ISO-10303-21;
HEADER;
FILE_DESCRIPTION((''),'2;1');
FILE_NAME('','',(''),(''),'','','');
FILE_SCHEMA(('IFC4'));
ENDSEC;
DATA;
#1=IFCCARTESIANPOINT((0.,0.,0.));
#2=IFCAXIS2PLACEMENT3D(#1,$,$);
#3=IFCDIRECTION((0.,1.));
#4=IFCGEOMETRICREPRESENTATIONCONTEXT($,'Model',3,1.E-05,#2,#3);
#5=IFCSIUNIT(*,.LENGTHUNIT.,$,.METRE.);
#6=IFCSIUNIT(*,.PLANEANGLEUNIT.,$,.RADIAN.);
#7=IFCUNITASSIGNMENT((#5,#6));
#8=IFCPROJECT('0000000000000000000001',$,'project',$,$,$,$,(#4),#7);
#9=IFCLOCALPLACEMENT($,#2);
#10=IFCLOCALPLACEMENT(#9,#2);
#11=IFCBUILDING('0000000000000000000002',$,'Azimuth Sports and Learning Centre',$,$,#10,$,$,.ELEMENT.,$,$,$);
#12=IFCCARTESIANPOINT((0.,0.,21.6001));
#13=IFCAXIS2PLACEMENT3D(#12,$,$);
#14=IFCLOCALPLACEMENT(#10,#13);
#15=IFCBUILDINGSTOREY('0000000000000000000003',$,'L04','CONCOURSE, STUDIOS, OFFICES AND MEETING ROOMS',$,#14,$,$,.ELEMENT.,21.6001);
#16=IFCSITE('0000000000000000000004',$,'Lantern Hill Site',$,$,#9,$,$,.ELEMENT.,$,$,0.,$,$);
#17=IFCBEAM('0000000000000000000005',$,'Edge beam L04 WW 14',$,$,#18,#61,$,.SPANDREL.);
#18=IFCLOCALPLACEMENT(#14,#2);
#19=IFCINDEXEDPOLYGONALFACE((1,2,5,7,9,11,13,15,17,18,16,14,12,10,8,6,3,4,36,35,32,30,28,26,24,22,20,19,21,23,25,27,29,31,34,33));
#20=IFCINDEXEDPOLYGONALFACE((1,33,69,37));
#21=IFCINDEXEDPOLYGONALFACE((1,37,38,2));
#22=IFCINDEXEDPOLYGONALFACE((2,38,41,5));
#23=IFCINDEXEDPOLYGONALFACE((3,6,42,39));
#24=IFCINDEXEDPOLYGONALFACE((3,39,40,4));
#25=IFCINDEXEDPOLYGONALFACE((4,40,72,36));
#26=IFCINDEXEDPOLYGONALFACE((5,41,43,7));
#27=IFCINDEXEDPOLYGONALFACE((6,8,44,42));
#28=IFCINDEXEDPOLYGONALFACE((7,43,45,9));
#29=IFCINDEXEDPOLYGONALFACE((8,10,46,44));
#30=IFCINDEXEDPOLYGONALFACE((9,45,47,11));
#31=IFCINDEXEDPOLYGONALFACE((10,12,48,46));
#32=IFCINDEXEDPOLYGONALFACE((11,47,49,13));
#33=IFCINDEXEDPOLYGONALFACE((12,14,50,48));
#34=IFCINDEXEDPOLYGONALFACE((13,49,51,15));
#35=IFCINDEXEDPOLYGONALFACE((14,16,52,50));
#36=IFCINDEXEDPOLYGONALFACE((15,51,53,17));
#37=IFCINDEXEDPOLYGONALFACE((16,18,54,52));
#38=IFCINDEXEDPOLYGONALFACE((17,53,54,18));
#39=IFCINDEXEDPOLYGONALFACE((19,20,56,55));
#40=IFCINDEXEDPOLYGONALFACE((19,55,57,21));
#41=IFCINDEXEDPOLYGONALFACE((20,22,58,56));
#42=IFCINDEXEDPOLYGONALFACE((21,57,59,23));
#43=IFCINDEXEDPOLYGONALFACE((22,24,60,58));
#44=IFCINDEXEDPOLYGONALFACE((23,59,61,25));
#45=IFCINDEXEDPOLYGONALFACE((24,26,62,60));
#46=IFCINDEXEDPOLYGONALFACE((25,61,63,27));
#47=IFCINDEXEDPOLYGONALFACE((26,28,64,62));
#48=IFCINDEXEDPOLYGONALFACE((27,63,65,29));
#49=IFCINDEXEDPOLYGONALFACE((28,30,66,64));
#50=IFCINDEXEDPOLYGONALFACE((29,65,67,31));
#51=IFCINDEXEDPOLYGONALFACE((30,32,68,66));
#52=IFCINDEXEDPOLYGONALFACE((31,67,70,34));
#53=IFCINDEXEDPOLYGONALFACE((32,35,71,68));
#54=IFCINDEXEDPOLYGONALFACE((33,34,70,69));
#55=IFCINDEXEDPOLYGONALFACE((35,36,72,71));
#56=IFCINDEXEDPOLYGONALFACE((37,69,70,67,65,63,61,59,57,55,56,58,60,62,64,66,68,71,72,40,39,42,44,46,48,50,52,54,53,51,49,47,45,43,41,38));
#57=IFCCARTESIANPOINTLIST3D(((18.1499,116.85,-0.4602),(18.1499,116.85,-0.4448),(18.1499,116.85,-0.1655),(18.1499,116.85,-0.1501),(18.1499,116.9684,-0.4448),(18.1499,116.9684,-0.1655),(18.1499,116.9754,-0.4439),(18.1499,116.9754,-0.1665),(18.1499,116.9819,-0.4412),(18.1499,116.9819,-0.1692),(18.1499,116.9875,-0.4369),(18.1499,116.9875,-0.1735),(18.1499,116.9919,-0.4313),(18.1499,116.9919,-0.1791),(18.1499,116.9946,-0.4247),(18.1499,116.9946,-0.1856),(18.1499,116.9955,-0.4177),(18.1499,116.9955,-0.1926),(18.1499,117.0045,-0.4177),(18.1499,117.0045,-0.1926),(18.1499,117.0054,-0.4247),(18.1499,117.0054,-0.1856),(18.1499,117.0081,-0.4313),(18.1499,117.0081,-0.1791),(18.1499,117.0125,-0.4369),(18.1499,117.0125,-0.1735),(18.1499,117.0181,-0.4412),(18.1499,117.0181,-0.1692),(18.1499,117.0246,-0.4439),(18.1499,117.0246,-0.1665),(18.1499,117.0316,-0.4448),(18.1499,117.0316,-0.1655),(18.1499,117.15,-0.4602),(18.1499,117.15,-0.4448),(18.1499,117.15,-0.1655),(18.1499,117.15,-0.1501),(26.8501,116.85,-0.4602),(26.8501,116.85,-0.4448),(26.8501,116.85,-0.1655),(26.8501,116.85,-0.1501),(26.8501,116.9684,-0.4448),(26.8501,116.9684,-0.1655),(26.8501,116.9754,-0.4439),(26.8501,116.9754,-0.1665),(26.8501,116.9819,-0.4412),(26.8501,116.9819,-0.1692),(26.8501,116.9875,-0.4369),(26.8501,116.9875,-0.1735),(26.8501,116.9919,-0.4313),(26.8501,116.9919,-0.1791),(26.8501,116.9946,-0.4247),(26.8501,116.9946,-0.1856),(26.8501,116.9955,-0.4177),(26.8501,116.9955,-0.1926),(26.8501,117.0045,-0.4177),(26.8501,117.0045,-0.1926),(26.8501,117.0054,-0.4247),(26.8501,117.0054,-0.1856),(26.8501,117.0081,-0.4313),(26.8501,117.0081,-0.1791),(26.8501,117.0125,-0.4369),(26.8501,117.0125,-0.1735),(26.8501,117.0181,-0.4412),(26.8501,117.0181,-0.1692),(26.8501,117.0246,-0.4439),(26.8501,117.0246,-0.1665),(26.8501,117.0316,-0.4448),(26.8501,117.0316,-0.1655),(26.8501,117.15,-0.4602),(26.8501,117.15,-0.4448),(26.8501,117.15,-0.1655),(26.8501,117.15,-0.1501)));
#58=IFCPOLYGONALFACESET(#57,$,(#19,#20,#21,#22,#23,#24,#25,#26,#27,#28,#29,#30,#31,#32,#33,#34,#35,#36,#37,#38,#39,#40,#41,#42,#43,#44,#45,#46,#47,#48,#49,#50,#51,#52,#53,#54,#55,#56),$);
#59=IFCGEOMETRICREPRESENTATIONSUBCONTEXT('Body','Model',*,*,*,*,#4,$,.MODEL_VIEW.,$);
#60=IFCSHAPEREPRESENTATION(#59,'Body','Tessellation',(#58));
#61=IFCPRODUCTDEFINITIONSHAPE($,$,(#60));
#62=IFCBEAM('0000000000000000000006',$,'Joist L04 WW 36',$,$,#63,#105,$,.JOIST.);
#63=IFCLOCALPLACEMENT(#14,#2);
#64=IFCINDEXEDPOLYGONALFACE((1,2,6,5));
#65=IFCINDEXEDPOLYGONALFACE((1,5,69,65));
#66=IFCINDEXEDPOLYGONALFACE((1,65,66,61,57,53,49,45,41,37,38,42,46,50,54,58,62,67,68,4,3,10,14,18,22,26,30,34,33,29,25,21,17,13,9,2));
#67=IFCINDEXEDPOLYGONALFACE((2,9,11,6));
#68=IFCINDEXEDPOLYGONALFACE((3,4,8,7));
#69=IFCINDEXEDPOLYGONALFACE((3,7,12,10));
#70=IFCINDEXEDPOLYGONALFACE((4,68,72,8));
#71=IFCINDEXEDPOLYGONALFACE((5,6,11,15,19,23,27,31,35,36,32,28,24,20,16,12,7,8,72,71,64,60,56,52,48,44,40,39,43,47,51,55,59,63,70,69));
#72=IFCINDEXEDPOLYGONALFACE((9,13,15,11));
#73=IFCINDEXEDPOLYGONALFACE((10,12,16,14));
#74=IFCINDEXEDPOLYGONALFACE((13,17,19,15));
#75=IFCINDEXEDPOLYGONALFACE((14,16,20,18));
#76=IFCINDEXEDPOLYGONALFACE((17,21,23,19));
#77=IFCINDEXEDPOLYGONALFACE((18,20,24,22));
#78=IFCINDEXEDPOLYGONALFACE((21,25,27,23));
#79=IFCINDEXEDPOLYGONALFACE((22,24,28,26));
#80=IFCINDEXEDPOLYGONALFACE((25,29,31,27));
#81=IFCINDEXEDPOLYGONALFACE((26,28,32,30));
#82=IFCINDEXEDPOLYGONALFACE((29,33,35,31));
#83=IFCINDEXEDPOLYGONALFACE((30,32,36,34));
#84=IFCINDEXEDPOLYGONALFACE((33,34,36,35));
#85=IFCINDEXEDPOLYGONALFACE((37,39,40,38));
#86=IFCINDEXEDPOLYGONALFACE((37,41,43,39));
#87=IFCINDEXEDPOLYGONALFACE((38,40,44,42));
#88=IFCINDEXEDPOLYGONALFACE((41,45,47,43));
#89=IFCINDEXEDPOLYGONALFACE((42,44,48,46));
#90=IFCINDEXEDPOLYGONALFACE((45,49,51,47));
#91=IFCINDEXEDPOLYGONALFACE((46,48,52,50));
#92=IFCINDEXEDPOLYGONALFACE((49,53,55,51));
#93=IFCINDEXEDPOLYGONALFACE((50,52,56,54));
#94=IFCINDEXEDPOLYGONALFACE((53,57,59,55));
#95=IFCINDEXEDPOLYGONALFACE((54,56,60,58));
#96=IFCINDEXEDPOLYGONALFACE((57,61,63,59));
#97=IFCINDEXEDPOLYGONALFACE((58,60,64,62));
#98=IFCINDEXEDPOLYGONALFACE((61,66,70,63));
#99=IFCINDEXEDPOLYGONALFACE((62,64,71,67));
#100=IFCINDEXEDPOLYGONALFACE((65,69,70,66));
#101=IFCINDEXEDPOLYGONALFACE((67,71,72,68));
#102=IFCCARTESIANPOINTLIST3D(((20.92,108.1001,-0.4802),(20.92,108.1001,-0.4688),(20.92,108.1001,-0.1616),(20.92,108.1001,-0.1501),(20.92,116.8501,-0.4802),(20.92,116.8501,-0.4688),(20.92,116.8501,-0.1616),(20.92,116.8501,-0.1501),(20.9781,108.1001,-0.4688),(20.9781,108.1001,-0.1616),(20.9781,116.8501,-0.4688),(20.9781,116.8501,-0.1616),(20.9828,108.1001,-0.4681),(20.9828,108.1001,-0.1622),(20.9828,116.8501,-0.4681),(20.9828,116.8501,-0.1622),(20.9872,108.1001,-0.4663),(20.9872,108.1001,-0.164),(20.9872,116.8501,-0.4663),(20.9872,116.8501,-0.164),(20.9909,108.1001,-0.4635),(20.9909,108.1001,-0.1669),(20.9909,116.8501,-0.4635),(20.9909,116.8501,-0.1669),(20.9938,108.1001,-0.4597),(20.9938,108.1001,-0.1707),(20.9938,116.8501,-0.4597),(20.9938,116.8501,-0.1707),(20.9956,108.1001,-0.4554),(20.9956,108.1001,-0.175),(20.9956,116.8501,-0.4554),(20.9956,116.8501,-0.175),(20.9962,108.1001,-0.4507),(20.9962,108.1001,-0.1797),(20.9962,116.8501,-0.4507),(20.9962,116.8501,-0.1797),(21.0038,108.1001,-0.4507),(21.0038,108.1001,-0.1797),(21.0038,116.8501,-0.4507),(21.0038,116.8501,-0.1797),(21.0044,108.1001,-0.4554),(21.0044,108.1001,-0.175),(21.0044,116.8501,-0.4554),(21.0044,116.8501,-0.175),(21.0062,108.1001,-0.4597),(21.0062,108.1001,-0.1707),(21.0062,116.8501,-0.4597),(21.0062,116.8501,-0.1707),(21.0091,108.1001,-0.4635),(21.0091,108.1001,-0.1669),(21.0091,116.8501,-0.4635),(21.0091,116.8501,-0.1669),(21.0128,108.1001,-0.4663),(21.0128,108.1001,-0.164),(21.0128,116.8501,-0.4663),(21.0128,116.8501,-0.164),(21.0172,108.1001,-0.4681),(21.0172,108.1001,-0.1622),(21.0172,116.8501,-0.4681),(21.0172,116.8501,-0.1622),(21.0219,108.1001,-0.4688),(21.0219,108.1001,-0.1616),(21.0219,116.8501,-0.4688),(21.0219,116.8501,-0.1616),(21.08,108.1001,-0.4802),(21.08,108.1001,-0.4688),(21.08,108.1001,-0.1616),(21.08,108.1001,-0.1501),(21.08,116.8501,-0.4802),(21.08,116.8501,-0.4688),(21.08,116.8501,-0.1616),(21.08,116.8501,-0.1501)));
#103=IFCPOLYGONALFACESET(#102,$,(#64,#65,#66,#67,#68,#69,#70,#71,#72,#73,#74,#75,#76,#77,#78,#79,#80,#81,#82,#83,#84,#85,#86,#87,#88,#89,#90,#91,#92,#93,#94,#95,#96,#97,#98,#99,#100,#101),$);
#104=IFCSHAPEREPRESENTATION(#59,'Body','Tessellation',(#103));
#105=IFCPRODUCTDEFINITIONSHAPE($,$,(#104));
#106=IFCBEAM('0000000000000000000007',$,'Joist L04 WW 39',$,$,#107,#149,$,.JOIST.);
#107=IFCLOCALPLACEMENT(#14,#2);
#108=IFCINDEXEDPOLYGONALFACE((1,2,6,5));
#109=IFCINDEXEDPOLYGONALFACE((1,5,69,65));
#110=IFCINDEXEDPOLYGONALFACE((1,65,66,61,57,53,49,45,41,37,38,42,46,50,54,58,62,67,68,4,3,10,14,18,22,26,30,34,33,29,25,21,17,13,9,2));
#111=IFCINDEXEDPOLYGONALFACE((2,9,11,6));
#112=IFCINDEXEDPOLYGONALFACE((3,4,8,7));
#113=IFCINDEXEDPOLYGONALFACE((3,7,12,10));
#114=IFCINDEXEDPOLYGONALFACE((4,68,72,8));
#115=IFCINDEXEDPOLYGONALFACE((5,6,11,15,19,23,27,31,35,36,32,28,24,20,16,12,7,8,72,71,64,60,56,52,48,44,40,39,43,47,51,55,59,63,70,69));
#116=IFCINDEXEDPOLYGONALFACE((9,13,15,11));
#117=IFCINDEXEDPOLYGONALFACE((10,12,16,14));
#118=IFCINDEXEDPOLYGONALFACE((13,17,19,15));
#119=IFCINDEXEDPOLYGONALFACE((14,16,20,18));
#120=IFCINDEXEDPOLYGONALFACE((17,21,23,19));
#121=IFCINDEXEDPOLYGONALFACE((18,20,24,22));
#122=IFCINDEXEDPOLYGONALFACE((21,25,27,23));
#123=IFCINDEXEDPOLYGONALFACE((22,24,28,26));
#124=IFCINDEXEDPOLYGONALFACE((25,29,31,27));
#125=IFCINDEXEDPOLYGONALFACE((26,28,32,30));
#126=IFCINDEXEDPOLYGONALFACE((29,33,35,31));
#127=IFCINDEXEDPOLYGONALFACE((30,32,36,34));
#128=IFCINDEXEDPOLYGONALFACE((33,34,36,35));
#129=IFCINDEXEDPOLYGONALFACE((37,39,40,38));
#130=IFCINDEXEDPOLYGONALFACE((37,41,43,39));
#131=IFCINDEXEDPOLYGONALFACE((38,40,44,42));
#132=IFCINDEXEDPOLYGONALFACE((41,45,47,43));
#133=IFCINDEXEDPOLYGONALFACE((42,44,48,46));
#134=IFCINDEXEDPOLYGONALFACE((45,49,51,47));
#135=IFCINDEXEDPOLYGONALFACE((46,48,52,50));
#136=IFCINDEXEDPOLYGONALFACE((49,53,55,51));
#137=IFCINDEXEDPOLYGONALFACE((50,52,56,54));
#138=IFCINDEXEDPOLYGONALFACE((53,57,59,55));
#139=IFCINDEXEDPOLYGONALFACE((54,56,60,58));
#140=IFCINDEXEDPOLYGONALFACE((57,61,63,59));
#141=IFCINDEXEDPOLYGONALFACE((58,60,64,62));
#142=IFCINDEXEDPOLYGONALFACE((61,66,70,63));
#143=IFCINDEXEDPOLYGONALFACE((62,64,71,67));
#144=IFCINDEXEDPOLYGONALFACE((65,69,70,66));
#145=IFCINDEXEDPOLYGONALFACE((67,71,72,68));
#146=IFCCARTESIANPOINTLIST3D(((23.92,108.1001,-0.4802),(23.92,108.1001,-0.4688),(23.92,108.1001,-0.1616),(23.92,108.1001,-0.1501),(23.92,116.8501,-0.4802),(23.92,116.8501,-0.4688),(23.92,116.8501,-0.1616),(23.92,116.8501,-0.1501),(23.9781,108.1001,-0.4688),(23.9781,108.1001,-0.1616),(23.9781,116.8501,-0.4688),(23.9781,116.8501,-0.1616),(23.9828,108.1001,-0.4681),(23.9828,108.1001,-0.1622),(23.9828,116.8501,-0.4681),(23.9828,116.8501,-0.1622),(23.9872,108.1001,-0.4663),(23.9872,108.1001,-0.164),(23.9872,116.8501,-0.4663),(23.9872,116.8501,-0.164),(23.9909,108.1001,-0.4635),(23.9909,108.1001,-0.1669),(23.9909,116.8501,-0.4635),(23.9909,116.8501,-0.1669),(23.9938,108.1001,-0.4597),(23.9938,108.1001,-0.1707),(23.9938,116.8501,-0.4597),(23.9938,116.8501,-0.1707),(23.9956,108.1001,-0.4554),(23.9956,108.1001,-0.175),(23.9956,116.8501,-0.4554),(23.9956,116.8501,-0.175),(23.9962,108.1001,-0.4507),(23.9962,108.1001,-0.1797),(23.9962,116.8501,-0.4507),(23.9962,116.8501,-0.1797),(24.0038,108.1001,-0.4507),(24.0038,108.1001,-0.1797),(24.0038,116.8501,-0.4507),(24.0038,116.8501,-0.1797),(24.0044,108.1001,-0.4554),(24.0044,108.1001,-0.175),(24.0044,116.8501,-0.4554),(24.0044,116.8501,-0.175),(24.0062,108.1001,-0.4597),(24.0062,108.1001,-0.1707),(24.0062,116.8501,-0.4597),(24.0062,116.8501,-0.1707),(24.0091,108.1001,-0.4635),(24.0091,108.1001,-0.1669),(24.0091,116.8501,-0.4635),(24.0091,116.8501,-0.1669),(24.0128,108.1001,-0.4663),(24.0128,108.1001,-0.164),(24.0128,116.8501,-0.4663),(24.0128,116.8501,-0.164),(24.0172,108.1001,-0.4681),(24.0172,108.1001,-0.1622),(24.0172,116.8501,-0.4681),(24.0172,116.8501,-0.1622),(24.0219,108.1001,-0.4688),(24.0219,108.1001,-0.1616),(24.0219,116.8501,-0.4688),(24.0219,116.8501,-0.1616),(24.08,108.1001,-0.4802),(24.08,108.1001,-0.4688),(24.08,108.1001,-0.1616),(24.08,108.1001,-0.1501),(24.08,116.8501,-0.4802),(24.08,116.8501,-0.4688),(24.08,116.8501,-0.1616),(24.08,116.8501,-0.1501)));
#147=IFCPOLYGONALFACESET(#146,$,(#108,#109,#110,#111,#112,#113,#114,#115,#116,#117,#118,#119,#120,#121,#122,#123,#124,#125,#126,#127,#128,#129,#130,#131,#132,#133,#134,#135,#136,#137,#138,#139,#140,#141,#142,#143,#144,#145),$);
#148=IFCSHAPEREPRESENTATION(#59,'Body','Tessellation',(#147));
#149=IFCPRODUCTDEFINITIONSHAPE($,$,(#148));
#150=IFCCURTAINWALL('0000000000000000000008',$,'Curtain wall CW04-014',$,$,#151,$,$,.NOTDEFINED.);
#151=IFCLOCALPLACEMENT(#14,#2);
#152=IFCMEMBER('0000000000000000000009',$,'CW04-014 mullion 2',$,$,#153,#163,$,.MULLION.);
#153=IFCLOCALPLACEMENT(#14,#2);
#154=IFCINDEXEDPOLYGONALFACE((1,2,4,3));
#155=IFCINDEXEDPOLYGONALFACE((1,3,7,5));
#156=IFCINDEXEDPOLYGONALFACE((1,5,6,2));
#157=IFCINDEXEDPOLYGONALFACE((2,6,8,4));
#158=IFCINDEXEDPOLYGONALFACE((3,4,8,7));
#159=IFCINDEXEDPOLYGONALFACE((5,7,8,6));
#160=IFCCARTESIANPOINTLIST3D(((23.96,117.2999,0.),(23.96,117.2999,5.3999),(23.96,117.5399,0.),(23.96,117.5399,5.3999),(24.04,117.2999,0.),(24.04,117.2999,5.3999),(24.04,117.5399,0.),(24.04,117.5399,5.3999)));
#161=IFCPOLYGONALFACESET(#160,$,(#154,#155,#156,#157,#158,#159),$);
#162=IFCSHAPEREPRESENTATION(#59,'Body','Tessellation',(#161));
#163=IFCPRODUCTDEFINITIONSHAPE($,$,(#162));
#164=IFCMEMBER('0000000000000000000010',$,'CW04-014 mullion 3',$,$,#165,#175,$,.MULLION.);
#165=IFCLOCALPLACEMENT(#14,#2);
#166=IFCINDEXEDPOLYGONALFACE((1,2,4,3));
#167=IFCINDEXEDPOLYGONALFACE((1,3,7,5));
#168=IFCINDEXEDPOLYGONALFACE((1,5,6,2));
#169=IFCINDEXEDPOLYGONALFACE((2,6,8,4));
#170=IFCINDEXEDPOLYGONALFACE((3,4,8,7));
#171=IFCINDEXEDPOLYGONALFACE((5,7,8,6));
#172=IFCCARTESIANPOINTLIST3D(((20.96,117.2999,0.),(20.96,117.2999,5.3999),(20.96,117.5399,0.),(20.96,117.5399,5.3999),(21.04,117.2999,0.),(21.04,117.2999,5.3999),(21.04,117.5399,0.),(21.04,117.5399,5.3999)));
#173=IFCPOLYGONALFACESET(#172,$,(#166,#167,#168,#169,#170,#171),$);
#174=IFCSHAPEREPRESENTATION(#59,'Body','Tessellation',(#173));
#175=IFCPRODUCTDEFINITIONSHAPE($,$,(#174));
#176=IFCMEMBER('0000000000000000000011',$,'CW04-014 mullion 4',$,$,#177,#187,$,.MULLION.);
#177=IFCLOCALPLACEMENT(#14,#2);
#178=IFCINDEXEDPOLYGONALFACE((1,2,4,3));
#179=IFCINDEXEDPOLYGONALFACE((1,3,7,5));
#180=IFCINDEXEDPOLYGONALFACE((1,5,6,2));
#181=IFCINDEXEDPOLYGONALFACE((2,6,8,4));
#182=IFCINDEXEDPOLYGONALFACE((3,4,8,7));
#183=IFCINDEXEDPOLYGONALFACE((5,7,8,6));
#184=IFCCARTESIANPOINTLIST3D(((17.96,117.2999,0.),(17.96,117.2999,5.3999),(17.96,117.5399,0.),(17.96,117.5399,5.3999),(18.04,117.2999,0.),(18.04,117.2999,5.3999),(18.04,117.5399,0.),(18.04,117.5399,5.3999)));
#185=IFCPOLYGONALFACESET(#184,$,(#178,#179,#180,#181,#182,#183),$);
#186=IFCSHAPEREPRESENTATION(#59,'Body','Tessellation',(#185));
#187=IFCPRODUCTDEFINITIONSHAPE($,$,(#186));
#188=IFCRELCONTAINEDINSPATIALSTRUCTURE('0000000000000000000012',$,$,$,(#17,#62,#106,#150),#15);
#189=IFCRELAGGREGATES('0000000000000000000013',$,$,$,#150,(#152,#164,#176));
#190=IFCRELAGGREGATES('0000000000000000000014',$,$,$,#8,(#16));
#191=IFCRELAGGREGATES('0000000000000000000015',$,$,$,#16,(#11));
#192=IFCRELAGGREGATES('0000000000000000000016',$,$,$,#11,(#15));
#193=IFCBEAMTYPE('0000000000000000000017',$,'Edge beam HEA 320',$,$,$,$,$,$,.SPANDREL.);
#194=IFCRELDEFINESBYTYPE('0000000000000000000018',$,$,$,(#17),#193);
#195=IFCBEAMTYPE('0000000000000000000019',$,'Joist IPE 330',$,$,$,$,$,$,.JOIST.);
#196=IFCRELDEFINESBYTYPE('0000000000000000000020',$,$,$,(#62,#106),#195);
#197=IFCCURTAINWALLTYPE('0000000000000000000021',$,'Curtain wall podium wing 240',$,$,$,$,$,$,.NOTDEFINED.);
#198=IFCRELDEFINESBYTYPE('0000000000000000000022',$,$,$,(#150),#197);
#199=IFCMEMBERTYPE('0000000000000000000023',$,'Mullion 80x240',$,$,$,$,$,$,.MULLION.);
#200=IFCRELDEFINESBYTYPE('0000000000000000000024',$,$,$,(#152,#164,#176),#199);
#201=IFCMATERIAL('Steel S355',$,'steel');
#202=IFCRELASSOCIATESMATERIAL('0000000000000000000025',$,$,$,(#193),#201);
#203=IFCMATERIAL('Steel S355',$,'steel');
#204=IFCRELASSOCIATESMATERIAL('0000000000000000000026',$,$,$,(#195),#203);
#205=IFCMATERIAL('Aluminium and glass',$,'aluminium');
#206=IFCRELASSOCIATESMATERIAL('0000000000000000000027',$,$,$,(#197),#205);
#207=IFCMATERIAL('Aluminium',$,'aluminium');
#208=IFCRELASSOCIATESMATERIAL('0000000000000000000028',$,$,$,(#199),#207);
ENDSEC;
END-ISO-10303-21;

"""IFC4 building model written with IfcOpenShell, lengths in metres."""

from ifc_helpers import new_model, si_unit, direction, frame, origin, origin_2d, place, context, subcontext, project, spatial, rectangle, i_section, extrude, material, material_profile, profile_set, type_object, element, aggregate, save


model = new_model("IFC4")

# Units and contexts
model_context = context("Model", 3, precision=1e-05, world=origin(), true_north=direction((0.0, 1.0)))
body_context = subcontext(model_context, "Body", "Model", "MODEL_VIEW")
ifc_project = project(units=[si_unit("LENGTHUNIT", "METRE"), si_unit("PLANEANGLEUNIT", "RADIAN")], contexts=[model_context])

# Site, building, storey
site_placement = place(None, origin())
site = spatial("IfcSite", under=ifc_project, at=site_placement, Name="Lantern Hill Site", CompositionType="ELEMENT", RefElevation=0.0)
building_placement = place(site_placement, origin())
building = spatial("IfcBuilding", under=site, at=building_placement, Name="Azimuth Sports and Learning Centre", CompositionType="ELEMENT")
storey_placement = place(building_placement, frame((0.0, 0.0, 21.6001)))
storey = spatial("IfcBuildingStorey", under=building, at=storey_placement, Name="L04", Description="CONCOURSE, STUDIOS, OFFICES AND MEETING ROOMS", CompositionType="ELEMENT", Elevation=21.6001)

# Beams
ifc_material_1 = material(Name="Steel S355", Category="steel")
ifc_material_profile_1 = material_profile(ifc_material_1, i_section(OverallWidth=0.3, OverallDepth=0.3101, WebThickness=0.009, FlangeThickness=0.0154, FilletRadius=0.0271, at=origin_2d()), Name="HEA 320")
ifc_profile_set_1 = profile_set([ifc_material_profile_1], Name="Steel S355")
beam_type_1 = type_object("IfcBeamType", Name="Edge beam HEA 320", PredefinedType="SPANDREL", material=ifc_profile_set_1)
beam_1_placement = place(storey_placement, frame((18.1499, 117.0, -0.3052), z_axis=(1.0, 0.0, 0.0), x_axis=(0.0, 1.0, 0.0)))
element("IfcBeam", 1, at=beam_1_placement, inside=storey, type_object=beam_type_1, Name="Edge beam L04 WW 14", PredefinedType="SPANDREL", context=body_context, shape_type="SweptSolid", body=[
    extrude(i_section(OverallWidth=0.3, OverallDepth=0.3101, WebThickness=0.009, FlangeThickness=0.0154, FilletRadius=0.0271, at=origin_2d()), origin(), (0.0, 0.0, 1.0), 8.7002),
])
ifc_material_2 = material(Name="Steel S355", Category="steel")
ifc_material_profile_2 = material_profile(ifc_material_2, i_section(OverallWidth=0.1599, OverallDepth=0.3301, WebThickness=0.0076, FlangeThickness=0.0115, FilletRadius=0.0181, at=origin_2d()), Name="IPE 330")
ifc_profile_set_2 = profile_set([ifc_material_profile_2], Name="Steel S355")
beam_type_2 = type_object("IfcBeamType", Name="Joist IPE 330", PredefinedType="JOIST", material=ifc_profile_set_2)
for number, where, z_axis, x_axis, name in (
    (2, (21.0, 108.1001, -0.3152), (0.0, 1.0, 0.0), (-1.0, 0.0, 0.0), "Joist L04 WW 36"),
    (3, (24.0, 108.1001, -0.3152), (0.0, 1.0, 0.0), (-1.0, 0.0, 0.0), "Joist L04 WW 39"),
):
    element("IfcBeam", number, at=place(storey_placement, frame(where, z_axis=z_axis, x_axis=x_axis)), inside=storey, type_object=beam_type_2, Name=name, PredefinedType="JOIST", context=body_context, shape_type="SweptSolid", body=[
        extrude(i_section(OverallWidth=0.1599, OverallDepth=0.3301, WebThickness=0.0076, FlangeThickness=0.0115, FilletRadius=0.0181, at=origin_2d()), origin(), (0.0, 0.0, 1.0), 8.75),
    ])

# Curtain wall, members
ifc_material_3 = material(Name="Aluminium and glass", Category="aluminium")
curtain_wall_type = type_object("IfcCurtainWallType", Name="Curtain wall podium wing 240", PredefinedType="NOTDEFINED", material=ifc_material_3)
curtain_wall_placement = place(storey_placement, origin())
curtain_wall = element("IfcCurtainWall", 4, at=curtain_wall_placement, inside=storey, type_object=curtain_wall_type, Name="Curtain wall CW04-014", PredefinedType="NOTDEFINED")
ifc_material_4 = material(Name="Aluminium", Category="aluminium")
ifc_material_profile_3 = material_profile(ifc_material_4, rectangle(XDim=0.24, YDim=0.0801, at=origin_2d()), Name="Mullion 80x240")
ifc_profile_set_3 = profile_set([ifc_material_profile_3], Name="Aluminium")
member_type_1 = type_object("IfcMemberType", Name="Mullion 80x240", PredefinedType="MULLION", material=ifc_profile_set_3)
member_1_placement = place(storey_placement, frame((24.0, 117.4199, 0.0), z_axis=(0.0, 0.0, 1.0), x_axis=(0.0, -1.0, 0.0)))
member_1 = element("IfcMember", 5, at=member_1_placement, type_object=member_type_1, Name="CW04-014 mullion 2", PredefinedType="MULLION", context=body_context, shape_type="SweptSolid", body=[
    extrude(rectangle(XDim=0.24, YDim=0.0801, at=origin_2d()), origin(), (0.0, 0.0, 1.0), 5.3999),
])
member_2_placement = place(storey_placement, frame((21.0, 117.4199, 0.0), z_axis=(0.0, 0.0, 1.0), x_axis=(0.0, -1.0, 0.0)))
member_2 = element("IfcMember", 6, at=member_2_placement, type_object=member_type_1, Name="CW04-014 mullion 3", PredefinedType="MULLION", context=body_context, shape_type="SweptSolid", body=[
    extrude(rectangle(XDim=0.24, YDim=0.0801, at=origin_2d()), origin(), (0.0, 0.0, 1.0), 5.3999),
])
member_3_placement = place(storey_placement, frame((18.0, 117.4199, 0.0), z_axis=(0.0, 0.0, 1.0), x_axis=(0.0, -1.0, 0.0)))
member_3 = element("IfcMember", 7, at=member_3_placement, type_object=member_type_1, Name="CW04-014 mullion 4", PredefinedType="MULLION", context=body_context, shape_type="SweptSolid", body=[
    extrude(rectangle(XDim=0.24, YDim=0.0801, at=origin_2d()), origin(), (0.0, 0.0, 1.0), 5.3999),
])
aggregate(curtain_wall, [member_1, member_2, member_3])

save(model, "model.ifc")
